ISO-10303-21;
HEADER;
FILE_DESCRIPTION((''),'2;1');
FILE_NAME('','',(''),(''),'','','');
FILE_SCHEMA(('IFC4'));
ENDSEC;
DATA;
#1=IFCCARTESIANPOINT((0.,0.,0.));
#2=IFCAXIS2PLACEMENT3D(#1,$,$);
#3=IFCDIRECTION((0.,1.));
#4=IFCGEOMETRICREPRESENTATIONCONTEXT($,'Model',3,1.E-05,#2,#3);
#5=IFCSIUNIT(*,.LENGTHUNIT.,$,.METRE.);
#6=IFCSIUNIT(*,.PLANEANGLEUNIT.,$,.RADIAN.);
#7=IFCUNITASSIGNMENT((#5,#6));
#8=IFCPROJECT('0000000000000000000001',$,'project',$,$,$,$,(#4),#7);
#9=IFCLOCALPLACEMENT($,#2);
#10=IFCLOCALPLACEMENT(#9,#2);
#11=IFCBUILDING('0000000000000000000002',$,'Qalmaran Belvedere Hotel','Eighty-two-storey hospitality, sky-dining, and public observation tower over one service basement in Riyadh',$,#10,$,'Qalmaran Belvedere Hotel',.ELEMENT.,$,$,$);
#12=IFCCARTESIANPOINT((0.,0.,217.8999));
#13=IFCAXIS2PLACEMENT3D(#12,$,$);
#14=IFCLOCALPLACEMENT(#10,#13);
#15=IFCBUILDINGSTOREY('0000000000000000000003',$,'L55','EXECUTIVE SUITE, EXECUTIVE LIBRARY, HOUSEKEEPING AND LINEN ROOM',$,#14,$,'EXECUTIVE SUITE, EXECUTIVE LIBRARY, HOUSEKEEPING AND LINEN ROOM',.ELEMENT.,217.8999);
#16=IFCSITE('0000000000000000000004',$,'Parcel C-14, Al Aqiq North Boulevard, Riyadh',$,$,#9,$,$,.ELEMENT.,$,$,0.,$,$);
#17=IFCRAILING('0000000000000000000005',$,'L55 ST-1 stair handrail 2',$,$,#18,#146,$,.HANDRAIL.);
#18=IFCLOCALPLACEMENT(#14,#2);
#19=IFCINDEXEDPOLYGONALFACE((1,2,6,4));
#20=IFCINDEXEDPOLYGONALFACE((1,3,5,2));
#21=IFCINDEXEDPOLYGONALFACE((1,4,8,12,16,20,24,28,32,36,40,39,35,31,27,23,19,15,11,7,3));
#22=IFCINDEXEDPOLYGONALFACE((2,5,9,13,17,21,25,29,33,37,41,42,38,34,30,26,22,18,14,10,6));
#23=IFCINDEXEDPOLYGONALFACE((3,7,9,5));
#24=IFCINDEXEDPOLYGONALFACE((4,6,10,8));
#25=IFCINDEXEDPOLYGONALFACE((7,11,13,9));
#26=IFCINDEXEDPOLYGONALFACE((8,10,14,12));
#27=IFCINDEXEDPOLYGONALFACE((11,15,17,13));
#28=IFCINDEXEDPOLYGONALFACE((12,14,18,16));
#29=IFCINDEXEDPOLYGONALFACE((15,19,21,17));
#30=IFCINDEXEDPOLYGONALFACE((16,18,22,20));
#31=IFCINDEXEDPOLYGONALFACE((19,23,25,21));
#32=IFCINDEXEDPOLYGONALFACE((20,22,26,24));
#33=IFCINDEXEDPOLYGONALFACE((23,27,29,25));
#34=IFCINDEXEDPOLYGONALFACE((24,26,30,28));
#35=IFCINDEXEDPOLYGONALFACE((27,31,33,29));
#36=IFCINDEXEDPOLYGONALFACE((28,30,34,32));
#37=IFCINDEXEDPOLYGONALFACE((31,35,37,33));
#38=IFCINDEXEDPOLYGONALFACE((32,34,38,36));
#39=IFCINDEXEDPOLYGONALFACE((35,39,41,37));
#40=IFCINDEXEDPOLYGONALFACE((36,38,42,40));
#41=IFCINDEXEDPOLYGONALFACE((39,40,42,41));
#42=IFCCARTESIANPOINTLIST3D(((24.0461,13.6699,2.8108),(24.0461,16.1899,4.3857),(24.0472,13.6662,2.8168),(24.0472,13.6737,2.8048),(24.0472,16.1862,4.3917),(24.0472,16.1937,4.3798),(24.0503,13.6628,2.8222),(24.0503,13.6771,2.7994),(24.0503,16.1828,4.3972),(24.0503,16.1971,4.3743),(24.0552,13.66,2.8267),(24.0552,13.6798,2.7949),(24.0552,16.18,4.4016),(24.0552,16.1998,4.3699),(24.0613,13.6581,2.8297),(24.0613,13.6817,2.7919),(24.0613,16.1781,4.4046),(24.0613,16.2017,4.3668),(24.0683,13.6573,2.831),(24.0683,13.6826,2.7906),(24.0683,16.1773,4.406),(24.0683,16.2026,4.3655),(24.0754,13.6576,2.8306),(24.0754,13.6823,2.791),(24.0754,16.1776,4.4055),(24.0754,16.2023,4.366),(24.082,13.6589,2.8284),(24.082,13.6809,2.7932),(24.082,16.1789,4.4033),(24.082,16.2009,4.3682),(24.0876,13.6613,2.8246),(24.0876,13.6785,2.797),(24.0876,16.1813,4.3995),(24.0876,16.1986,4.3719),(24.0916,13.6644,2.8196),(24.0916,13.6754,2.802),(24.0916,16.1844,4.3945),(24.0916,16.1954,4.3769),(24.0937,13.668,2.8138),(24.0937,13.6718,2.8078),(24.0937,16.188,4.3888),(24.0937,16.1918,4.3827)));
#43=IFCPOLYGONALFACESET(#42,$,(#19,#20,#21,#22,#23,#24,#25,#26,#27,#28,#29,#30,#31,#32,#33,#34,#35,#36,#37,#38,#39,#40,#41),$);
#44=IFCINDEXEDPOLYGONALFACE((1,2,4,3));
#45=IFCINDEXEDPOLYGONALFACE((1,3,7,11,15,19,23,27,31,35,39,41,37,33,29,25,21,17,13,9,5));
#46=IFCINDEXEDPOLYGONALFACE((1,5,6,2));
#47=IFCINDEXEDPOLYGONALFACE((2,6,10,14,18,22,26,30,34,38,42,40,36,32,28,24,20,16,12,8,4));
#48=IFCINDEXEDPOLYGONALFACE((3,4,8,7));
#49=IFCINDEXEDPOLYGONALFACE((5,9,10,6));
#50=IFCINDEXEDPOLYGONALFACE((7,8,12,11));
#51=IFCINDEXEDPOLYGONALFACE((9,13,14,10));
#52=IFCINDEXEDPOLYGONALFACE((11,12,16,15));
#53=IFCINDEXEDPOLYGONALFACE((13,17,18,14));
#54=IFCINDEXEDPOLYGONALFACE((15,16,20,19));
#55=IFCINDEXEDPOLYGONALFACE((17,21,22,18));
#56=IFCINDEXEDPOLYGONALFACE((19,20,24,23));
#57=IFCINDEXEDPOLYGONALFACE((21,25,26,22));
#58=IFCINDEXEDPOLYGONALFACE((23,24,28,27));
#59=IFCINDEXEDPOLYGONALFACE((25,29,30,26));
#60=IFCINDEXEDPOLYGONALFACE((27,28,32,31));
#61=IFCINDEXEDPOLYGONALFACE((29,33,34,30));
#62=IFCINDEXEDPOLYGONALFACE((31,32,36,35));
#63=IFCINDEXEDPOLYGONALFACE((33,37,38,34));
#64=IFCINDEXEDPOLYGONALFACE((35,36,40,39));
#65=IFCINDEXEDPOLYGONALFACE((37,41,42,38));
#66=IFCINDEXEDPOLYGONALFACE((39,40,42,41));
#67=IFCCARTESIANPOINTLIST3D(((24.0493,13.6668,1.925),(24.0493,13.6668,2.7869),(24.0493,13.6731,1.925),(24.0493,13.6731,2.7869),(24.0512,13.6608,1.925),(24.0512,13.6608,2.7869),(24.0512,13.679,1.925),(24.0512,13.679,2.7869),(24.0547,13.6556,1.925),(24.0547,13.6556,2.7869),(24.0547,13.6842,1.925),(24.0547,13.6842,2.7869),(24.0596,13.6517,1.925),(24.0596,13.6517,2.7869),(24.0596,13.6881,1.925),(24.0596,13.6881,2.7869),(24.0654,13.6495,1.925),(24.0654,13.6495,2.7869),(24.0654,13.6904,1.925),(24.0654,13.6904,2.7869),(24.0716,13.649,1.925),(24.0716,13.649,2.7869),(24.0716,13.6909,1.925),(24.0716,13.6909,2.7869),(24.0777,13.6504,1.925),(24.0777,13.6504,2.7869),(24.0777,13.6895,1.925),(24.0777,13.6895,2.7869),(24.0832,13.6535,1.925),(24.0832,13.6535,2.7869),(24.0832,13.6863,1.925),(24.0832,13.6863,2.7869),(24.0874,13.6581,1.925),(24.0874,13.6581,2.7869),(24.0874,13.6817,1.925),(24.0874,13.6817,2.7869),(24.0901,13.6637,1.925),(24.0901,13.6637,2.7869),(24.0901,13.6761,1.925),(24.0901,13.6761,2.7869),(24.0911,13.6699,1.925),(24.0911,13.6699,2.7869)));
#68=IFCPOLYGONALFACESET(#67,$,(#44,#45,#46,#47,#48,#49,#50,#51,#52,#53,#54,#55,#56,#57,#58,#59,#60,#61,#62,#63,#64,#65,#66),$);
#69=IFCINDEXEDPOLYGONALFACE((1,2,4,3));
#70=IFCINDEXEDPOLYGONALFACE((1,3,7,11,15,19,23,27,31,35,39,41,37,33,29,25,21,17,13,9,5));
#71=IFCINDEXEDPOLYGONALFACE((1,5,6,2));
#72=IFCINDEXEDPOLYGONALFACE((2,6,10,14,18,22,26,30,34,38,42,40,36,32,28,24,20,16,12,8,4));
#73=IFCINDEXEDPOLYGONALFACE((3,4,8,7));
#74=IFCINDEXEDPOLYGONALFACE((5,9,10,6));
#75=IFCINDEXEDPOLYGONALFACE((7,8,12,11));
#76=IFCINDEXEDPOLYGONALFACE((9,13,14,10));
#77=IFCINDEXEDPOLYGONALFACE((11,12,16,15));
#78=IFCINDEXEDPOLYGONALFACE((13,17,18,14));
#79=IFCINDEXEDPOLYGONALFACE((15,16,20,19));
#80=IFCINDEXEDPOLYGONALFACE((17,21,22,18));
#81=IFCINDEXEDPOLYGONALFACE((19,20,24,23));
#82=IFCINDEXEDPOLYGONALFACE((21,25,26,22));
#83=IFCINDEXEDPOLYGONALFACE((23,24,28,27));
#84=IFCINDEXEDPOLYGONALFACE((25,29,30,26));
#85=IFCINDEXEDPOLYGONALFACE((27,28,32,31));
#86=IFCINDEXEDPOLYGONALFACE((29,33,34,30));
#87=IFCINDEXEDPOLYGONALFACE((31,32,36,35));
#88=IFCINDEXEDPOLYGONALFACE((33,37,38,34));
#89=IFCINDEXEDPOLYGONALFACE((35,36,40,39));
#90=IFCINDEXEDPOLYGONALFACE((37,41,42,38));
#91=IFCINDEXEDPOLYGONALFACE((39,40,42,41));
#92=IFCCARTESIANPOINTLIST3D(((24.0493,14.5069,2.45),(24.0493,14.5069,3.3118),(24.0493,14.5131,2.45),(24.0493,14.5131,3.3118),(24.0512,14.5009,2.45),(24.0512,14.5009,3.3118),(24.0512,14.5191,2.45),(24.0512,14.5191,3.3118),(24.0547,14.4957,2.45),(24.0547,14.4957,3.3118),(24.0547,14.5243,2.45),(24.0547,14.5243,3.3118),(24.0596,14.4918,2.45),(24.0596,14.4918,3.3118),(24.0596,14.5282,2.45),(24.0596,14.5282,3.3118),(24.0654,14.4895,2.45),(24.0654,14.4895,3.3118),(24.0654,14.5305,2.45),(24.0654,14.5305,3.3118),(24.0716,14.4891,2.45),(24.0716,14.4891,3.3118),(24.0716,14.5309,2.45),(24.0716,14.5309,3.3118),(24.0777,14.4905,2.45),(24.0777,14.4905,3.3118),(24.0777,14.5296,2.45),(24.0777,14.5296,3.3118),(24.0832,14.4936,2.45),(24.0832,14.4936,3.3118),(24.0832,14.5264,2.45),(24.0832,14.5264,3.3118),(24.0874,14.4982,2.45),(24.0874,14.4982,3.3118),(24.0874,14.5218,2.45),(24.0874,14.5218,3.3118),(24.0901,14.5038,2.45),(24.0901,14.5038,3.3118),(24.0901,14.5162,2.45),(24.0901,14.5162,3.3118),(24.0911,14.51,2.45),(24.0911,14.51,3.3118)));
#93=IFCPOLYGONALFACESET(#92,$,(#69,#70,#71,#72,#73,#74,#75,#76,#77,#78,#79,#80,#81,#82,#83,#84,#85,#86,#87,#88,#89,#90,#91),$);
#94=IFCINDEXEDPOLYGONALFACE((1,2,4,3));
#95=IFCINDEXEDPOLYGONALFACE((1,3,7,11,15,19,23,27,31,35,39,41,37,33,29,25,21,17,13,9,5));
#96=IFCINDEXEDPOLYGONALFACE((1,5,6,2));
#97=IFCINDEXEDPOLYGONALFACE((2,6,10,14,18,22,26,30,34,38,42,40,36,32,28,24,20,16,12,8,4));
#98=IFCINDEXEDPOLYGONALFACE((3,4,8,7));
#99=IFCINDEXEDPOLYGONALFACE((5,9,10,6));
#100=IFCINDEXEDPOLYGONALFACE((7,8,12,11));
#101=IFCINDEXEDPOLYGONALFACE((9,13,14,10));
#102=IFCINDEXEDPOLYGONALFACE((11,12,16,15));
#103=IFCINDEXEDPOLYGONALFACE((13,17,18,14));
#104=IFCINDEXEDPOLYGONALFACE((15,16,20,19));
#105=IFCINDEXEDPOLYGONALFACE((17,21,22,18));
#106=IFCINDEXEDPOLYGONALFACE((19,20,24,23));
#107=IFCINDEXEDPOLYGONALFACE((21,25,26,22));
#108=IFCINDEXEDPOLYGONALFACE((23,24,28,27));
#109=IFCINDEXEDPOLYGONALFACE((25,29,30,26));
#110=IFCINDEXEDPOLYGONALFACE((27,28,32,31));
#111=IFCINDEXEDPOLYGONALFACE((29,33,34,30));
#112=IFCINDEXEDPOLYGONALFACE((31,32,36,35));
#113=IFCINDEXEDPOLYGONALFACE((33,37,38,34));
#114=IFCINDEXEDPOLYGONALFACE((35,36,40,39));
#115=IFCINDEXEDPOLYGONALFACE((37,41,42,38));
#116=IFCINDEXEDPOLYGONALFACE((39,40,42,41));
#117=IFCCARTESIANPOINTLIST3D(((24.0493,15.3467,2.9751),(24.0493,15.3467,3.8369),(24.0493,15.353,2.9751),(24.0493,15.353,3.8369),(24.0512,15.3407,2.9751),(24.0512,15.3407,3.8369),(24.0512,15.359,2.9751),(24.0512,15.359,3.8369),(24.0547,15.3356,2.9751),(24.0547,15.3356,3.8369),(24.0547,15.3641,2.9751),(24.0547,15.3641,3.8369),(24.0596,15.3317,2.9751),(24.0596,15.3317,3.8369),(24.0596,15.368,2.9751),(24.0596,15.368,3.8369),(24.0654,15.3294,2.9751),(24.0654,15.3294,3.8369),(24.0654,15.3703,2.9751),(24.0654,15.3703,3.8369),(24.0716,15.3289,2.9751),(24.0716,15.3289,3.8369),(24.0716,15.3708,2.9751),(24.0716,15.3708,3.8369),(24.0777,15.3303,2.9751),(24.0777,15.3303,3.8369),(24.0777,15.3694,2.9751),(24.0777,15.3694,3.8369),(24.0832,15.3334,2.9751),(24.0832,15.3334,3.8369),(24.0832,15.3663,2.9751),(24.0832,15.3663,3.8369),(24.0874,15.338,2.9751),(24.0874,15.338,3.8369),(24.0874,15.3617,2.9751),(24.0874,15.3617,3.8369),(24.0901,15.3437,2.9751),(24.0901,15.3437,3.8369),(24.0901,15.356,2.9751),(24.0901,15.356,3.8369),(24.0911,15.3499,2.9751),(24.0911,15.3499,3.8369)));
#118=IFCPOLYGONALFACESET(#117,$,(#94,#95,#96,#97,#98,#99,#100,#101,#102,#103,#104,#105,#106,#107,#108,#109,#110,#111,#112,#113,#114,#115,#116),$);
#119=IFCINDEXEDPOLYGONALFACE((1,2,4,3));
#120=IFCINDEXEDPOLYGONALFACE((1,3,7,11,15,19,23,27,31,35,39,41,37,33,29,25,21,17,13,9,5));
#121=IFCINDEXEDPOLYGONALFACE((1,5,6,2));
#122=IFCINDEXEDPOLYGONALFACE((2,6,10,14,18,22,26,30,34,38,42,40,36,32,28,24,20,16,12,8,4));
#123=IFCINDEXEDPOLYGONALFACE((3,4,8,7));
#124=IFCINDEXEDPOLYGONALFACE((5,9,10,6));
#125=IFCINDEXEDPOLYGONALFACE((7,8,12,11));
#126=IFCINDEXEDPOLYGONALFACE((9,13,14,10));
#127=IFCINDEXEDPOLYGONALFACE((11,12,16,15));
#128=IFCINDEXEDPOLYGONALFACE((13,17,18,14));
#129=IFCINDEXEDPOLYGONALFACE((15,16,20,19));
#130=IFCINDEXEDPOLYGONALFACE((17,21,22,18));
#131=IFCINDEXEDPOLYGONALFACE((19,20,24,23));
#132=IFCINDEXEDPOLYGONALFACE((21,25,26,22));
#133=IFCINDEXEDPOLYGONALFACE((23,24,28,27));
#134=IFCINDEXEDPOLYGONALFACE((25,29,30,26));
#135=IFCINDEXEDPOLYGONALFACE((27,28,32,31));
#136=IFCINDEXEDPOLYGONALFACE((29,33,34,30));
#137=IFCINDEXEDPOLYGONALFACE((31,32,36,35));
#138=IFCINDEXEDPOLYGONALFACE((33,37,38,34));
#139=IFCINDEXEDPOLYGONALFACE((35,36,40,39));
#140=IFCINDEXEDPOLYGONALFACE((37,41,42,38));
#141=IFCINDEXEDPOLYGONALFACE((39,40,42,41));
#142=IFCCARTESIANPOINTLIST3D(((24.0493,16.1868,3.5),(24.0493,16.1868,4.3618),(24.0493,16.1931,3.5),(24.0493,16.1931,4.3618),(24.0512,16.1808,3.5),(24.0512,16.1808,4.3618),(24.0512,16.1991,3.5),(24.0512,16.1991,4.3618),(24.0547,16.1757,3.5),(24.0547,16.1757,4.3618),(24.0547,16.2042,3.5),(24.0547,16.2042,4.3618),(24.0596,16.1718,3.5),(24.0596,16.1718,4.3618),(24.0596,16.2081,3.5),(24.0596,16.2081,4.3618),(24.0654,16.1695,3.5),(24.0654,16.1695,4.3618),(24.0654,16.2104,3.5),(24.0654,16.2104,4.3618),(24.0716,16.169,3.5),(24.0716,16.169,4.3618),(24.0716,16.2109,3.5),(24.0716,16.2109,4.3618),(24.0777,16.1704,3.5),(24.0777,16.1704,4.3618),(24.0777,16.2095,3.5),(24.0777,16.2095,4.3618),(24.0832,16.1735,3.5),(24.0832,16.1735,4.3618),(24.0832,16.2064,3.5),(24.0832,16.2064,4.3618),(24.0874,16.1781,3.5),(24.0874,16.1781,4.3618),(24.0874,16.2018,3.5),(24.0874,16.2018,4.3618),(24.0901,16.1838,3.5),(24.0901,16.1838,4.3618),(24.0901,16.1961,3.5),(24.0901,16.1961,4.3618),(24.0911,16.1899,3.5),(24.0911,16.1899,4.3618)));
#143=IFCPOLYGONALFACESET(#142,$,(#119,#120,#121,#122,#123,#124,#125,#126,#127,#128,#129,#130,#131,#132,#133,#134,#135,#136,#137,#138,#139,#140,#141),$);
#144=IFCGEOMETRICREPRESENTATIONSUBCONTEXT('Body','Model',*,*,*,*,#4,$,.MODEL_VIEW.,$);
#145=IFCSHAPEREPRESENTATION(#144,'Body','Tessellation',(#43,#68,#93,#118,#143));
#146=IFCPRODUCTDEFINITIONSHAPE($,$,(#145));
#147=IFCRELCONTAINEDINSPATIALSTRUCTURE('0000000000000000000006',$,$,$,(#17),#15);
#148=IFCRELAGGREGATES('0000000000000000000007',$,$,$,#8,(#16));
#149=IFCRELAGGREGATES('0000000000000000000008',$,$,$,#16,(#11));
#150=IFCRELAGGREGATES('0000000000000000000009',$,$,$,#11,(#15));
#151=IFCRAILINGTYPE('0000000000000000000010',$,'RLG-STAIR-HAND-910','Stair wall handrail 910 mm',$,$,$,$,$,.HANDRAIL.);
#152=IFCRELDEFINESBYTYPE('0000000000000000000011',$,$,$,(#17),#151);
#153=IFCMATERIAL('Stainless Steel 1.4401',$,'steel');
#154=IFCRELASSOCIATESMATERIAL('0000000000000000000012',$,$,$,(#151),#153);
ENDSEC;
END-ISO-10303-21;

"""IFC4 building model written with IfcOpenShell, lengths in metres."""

from ifc_helpers import new_model, si_unit, direction, frame, origin, origin_2d, place, context, subcontext, project, spatial, circle, extrude, material, type_object, element, save


model = new_model("IFC4")

# Units and contexts
model_context = context("Model", 3, precision=1e-05, world=origin(), true_north=direction((0.0, 1.0)))
body_context = subcontext(model_context, "Body", "Model", "MODEL_VIEW")
ifc_project = project(units=[si_unit("LENGTHUNIT", "METRE"), si_unit("PLANEANGLEUNIT", "RADIAN")], contexts=[model_context])

# Site, building, storey
site_placement = place(None, origin())
site = spatial("IfcSite", under=ifc_project, at=site_placement, Name="Parcel C-14, Al Aqiq North Boulevard, Riyadh", CompositionType="ELEMENT", RefElevation=0.0)
building_placement = place(site_placement, origin())
building = spatial("IfcBuilding", under=site, at=building_placement, Name="Qalmaran Belvedere Hotel", Description="Eighty-two-storey hospitality, sky-dining, and public observation tower over one service basement in Riyadh", LongName="Qalmaran Belvedere Hotel", CompositionType="ELEMENT")
storey_placement = place(building_placement, frame((0.0, 0.0, 217.8999)))
storey = spatial("IfcBuildingStorey", under=building, at=storey_placement, Name="L55", Description="EXECUTIVE SUITE, EXECUTIVE LIBRARY, HOUSEKEEPING AND LINEN ROOM", LongName="EXECUTIVE SUITE, EXECUTIVE LIBRARY, HOUSEKEEPING AND LINEN ROOM", CompositionType="ELEMENT", Elevation=217.8999)

# Railing
ifc_material_1 = material(Name="Stainless Steel 1.4401", Category="steel")
railing_type_1 = type_object("IfcRailingType", Name="RLG-STAIR-HAND-910", Description="Stair wall handrail 910 mm", PredefinedType="HANDRAIL", material=ifc_material_1)
railing_1_placement = place(storey_placement, frame((24.0701, 13.6699, 1.925)))
element("IfcRailing", 1, at=railing_1_placement, inside=storey, type_object=railing_type_1, Name="L55 ST-1 stair handrail 2", PredefinedType="HANDRAIL", context=body_context, shape_type="SweptSolid", body=[
    extrude(circle(Radius=0.0239, at=origin_2d()), frame((0.0, 0.0, 0.8857), z_axis=(0.0, 0.848008, 0.529984), x_axis=(-1.0, 0.0, 0.0)), (0.0, 0.0, 1.0), 2.9717),
    extrude(circle(Radius=0.021, at=origin_2d()), origin(), (0.0, 0.0, 1.0), 0.8618),
    extrude(circle(Radius=0.021, at=origin_2d()), frame((0.0, 0.8401, 0.5249)), (0.0, 0.0, 1.0), 0.8618),
    extrude(circle(Radius=0.021, at=origin_2d()), frame((0.0, 1.6799, 1.05)), (0.0, 0.0, 1.0), 0.8618),
    extrude(circle(Radius=0.021, at=origin_2d()), frame((0.0, 2.52, 1.575)), (0.0, 0.0, 1.0), 0.8618),
])

save(model, "model.ifc")
